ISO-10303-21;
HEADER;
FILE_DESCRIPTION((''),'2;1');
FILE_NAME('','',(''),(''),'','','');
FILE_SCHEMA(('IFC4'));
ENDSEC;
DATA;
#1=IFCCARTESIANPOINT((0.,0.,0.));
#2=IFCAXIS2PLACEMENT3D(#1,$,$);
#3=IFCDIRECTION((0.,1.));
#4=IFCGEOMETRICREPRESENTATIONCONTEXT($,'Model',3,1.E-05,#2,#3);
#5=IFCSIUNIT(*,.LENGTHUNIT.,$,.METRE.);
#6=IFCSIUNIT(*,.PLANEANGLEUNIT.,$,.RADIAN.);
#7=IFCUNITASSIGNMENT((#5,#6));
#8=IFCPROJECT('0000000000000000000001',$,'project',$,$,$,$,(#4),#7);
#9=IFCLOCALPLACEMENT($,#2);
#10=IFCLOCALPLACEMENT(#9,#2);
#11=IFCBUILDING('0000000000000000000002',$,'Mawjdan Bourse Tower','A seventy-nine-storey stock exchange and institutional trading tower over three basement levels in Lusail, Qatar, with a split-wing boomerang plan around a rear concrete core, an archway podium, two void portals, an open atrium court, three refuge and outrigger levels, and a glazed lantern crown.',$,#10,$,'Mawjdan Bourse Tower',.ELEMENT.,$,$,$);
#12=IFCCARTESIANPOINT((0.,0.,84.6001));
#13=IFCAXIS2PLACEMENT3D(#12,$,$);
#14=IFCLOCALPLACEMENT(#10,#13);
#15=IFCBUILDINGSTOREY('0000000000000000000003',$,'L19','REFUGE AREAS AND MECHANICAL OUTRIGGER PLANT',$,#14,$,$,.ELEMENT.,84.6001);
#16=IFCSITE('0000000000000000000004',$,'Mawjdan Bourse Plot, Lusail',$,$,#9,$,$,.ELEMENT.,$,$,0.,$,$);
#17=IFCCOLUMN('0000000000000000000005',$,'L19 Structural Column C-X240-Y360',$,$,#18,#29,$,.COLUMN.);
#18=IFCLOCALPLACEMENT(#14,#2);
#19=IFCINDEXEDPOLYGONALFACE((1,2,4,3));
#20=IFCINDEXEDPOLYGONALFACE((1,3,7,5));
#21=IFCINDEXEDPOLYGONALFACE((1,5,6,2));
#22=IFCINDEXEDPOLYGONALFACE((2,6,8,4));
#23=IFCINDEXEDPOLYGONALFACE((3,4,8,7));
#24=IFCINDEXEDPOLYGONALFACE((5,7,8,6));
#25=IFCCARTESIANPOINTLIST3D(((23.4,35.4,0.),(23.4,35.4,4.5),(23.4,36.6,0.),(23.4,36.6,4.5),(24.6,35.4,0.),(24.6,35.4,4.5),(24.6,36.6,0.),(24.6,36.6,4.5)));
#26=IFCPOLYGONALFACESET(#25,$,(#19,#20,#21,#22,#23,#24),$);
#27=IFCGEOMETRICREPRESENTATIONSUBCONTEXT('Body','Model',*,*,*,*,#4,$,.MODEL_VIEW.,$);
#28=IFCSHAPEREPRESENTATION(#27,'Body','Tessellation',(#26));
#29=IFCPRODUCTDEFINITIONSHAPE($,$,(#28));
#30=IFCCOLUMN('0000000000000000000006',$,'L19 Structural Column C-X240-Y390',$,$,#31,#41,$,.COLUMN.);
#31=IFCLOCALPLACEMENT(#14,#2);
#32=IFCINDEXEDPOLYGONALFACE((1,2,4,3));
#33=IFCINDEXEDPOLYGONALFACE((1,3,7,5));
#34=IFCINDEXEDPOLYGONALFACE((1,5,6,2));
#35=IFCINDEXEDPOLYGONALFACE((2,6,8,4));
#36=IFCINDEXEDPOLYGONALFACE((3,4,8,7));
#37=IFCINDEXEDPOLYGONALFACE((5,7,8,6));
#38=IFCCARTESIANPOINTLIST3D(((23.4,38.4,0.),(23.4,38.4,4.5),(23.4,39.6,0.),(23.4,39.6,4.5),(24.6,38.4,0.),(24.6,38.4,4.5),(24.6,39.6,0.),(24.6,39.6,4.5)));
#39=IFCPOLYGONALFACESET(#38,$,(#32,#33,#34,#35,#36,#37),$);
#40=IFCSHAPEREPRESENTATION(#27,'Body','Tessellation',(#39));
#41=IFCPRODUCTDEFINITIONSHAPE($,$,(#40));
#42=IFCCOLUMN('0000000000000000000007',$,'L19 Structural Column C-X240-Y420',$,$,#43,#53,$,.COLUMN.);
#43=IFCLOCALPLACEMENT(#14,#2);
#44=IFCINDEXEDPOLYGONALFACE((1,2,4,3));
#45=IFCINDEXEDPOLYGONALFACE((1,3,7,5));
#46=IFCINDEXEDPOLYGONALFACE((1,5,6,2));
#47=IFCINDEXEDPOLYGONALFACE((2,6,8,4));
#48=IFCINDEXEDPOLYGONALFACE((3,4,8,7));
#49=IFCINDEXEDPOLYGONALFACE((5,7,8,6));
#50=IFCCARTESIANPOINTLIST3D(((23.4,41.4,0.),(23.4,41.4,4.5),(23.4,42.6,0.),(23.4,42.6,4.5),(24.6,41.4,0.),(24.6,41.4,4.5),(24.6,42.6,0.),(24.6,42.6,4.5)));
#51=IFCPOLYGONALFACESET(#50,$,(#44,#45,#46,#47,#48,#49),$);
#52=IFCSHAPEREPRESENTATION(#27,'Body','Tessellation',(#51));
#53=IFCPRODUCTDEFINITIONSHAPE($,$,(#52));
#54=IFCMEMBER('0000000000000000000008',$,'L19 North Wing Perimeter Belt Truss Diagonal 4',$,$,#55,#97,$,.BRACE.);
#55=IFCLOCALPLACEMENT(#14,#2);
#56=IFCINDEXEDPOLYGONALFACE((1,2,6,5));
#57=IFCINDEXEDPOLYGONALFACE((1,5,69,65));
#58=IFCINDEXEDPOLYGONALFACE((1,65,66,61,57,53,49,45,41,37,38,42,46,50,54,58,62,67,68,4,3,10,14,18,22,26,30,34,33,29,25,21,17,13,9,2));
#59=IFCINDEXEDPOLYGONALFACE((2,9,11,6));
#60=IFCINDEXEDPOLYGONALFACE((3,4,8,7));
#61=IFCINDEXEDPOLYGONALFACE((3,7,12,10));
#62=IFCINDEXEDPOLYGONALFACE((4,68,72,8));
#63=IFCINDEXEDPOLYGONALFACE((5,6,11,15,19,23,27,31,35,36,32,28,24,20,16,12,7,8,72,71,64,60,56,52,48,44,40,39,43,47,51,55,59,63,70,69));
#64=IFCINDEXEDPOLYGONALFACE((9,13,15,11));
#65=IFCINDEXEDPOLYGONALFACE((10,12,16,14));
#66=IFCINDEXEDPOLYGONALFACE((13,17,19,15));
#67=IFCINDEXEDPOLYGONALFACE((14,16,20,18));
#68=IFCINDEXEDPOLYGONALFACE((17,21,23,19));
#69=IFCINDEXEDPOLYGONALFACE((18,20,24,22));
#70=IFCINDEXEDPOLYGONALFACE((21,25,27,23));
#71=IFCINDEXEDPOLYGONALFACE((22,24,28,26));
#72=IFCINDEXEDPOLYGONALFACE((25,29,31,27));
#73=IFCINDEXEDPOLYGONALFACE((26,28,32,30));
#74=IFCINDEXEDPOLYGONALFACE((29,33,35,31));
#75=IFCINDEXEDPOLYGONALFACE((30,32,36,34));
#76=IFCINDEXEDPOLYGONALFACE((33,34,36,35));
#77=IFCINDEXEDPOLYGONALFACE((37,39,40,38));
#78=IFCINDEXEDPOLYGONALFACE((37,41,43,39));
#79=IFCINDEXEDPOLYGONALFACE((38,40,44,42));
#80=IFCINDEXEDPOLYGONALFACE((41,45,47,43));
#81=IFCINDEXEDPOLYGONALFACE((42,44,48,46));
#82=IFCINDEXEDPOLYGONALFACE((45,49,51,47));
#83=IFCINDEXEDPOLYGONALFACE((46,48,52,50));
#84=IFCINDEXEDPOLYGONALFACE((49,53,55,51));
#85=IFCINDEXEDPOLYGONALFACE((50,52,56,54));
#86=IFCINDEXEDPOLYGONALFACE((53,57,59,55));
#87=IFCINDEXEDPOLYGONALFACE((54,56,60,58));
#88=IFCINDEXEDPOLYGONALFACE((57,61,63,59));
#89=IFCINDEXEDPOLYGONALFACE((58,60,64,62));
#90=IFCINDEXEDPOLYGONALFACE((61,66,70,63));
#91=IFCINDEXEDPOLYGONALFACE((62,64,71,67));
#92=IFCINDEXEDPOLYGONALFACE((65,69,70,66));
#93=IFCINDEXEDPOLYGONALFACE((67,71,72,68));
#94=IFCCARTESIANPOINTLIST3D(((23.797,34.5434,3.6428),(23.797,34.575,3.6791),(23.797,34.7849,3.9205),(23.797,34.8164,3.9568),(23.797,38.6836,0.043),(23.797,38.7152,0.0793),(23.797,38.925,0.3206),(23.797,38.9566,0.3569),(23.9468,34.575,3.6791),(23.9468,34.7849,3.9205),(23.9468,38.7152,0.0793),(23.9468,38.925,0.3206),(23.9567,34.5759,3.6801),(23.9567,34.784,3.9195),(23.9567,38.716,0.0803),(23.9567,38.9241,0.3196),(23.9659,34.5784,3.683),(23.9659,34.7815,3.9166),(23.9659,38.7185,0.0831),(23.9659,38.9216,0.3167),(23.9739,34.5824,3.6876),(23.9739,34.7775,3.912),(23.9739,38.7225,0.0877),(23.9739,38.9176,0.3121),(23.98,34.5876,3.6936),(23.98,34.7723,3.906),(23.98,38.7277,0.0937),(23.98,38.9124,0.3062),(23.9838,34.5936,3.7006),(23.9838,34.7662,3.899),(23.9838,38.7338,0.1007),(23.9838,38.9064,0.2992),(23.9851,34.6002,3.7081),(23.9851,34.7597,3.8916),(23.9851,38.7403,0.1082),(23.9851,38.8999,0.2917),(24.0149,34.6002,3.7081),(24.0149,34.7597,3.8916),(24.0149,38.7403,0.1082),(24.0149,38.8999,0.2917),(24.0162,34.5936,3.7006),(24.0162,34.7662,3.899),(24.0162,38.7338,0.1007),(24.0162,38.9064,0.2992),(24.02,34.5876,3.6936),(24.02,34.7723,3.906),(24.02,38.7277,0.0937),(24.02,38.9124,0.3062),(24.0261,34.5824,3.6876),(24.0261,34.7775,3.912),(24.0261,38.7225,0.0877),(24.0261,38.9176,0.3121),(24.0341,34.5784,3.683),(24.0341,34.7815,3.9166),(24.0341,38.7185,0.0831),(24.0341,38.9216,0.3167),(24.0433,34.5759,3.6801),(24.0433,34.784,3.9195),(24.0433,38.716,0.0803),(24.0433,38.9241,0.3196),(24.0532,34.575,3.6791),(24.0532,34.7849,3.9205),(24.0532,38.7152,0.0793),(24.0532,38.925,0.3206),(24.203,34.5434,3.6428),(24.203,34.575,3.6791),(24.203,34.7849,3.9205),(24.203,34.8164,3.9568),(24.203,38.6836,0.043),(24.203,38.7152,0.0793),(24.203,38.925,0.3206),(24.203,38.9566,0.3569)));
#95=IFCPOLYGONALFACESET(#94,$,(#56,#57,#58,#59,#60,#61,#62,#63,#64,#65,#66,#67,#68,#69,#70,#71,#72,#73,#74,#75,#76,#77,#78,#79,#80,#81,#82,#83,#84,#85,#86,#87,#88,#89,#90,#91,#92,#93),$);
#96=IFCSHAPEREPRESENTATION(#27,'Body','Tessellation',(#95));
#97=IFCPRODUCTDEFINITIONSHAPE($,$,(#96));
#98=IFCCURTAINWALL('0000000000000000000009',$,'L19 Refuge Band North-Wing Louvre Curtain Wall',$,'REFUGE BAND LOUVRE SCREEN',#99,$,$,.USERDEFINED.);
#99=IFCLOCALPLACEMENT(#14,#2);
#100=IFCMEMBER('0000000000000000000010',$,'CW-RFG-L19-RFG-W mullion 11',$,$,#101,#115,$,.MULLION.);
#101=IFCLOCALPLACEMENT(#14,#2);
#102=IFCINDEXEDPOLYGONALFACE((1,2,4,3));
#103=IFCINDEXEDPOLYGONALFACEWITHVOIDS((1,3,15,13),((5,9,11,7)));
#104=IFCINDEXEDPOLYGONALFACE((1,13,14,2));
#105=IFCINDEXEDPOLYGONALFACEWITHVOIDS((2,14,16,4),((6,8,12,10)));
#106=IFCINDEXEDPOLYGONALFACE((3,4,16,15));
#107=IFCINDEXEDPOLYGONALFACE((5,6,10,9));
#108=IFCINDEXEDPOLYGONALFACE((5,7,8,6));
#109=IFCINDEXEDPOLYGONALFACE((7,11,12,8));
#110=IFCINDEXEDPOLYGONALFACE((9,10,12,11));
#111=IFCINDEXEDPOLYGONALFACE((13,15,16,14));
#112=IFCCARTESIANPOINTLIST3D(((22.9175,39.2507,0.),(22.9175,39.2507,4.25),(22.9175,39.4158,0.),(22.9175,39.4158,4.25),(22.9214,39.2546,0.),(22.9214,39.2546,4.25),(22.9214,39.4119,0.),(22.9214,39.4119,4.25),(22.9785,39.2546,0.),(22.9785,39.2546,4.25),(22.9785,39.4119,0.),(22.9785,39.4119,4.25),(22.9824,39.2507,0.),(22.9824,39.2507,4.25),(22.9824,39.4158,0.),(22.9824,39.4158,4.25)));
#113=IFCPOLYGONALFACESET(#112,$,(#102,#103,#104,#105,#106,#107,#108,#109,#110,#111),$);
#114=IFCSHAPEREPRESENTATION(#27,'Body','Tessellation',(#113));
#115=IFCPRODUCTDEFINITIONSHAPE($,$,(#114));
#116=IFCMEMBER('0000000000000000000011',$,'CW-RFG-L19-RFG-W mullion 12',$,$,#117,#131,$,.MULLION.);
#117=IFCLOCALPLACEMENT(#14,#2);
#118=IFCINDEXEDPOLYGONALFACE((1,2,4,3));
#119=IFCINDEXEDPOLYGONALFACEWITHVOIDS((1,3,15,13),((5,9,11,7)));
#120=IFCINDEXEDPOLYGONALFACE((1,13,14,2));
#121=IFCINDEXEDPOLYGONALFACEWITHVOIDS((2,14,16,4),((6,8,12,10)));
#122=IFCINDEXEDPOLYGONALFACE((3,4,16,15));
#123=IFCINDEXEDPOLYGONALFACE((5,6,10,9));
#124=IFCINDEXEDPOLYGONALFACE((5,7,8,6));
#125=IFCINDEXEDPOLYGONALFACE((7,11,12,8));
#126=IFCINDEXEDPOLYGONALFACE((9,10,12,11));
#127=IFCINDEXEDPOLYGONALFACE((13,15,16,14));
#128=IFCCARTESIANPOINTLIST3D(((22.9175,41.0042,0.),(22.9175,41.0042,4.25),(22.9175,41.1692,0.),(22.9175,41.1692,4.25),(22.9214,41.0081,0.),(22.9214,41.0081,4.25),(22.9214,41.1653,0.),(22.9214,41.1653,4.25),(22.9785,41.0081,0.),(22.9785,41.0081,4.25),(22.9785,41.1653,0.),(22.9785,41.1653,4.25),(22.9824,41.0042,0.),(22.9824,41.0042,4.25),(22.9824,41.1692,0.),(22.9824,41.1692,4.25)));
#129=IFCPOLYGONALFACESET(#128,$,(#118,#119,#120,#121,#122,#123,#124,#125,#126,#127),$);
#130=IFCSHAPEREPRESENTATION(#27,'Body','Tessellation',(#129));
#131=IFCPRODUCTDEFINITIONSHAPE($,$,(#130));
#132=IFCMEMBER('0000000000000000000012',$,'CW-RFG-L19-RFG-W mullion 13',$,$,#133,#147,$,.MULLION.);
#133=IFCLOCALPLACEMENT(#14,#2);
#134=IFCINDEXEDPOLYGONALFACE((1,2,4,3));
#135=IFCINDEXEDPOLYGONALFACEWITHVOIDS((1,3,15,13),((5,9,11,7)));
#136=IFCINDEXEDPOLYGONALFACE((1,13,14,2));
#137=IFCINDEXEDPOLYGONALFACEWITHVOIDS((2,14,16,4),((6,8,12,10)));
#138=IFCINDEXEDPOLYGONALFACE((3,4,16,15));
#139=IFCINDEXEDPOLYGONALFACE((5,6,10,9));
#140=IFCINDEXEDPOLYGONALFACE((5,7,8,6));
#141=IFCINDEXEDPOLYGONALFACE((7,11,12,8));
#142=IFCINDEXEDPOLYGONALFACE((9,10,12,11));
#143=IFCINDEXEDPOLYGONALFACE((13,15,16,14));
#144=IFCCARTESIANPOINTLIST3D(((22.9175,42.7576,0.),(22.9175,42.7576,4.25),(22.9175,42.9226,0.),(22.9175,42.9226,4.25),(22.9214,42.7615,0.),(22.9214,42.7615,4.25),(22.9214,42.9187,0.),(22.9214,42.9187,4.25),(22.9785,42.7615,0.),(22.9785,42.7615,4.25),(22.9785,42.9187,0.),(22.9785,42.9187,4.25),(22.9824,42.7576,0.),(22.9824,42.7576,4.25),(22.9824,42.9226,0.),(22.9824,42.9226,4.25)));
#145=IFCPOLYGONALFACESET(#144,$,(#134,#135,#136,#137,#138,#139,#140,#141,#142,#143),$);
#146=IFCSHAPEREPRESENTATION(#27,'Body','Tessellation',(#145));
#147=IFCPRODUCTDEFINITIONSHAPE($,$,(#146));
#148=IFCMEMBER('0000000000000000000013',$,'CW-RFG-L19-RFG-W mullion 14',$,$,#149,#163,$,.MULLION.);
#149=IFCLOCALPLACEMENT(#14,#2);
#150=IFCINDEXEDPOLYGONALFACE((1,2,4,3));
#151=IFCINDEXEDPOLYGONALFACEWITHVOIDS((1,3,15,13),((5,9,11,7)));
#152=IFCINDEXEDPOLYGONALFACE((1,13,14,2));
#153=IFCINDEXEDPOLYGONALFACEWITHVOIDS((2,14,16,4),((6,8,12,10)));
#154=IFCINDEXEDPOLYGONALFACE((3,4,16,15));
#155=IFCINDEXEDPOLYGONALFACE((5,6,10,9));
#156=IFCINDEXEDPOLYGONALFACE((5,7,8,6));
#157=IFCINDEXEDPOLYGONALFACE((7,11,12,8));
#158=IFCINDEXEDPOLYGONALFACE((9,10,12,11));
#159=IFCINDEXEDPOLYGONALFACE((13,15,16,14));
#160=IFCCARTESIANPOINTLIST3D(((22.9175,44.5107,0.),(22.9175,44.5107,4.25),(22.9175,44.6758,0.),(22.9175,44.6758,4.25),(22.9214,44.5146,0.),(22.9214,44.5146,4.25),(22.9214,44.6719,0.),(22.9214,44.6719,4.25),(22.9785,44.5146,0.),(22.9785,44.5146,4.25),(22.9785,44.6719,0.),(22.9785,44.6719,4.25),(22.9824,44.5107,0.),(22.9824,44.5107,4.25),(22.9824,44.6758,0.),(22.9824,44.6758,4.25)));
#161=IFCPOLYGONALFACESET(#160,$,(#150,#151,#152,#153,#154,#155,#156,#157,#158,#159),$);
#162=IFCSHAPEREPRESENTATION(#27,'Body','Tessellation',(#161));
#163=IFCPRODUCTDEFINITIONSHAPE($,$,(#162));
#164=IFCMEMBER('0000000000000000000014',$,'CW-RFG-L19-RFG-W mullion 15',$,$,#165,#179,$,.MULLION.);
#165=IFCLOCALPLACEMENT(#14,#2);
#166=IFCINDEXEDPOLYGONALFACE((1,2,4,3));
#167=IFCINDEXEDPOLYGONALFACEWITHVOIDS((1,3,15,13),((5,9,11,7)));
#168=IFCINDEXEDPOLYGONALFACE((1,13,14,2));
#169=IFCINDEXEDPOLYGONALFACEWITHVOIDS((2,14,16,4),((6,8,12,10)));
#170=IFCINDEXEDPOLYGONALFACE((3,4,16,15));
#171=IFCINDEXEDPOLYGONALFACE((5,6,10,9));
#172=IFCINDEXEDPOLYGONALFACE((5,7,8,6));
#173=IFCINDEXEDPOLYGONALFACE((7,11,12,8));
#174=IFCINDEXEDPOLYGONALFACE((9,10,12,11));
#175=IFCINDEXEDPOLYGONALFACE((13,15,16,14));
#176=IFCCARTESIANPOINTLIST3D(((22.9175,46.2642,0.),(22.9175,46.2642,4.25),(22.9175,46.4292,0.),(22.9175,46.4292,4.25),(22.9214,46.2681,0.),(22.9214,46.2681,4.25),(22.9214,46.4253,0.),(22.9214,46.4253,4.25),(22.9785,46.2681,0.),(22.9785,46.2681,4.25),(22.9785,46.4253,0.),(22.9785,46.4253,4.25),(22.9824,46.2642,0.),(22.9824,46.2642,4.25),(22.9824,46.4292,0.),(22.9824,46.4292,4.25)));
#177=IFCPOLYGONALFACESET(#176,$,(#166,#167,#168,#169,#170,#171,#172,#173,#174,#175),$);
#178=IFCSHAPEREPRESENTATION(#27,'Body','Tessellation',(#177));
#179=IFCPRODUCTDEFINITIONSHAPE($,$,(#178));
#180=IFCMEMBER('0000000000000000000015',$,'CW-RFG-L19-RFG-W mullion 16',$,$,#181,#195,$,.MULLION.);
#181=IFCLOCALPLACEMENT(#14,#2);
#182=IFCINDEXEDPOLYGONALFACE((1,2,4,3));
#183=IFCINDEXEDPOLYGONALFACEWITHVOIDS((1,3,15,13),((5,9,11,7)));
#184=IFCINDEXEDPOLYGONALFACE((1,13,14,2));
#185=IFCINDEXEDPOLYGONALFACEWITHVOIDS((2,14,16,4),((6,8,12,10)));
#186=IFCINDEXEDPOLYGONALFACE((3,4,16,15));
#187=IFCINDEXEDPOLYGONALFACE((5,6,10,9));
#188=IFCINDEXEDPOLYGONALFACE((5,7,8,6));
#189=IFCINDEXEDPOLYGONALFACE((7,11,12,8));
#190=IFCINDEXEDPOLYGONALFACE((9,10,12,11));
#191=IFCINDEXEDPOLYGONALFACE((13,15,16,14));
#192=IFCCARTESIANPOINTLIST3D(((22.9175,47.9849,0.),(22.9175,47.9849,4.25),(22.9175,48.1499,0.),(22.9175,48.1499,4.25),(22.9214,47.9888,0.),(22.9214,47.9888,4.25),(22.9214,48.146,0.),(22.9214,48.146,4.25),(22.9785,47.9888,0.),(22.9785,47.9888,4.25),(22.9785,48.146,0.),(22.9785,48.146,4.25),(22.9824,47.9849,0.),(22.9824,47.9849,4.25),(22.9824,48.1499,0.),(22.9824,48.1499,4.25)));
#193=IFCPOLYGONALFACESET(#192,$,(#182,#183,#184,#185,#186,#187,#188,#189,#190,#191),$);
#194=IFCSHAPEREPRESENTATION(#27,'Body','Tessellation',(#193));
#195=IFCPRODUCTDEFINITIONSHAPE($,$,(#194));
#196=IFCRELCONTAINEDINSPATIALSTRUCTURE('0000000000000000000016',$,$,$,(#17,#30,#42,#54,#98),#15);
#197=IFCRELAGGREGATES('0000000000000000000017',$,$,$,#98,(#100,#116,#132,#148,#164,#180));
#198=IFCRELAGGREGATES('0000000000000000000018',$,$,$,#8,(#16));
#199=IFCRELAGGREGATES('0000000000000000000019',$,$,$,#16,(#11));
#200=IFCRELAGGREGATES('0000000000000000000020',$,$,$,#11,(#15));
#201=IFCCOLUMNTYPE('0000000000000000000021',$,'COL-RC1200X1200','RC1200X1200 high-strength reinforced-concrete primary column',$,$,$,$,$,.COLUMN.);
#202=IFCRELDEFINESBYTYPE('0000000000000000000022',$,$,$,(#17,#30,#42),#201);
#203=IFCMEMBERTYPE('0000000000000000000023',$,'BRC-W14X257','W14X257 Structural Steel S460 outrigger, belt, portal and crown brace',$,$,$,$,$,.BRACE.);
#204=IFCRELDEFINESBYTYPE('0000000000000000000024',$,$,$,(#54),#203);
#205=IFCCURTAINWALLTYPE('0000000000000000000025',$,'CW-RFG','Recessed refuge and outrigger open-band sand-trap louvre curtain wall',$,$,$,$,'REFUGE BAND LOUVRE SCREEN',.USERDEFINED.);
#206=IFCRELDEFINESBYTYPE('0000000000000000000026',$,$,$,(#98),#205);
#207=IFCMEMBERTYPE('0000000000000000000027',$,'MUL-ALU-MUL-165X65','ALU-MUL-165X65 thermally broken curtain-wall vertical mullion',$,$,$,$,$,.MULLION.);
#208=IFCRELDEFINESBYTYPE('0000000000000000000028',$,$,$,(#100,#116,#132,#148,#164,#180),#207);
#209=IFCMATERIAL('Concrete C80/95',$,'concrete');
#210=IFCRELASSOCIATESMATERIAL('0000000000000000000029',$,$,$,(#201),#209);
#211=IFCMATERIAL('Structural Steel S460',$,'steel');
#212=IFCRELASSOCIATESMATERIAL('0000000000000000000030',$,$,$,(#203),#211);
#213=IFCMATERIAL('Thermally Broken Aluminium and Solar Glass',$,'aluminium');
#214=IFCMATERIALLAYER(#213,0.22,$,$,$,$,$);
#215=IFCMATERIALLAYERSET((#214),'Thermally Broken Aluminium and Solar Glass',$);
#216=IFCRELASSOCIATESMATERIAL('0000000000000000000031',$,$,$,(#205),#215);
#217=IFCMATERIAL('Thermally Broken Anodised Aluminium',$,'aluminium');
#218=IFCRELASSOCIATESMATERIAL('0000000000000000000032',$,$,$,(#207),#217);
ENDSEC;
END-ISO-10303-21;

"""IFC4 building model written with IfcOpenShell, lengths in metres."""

from ifc_helpers import new_model, si_unit, direction, frame, origin, origin_2d, place, context, subcontext, project, spatial, rectangle, hollow_rectangle, i_section, extrude, material, layer, layer_set, material_profile, profile_set, type_object, element, aggregate, save


model = new_model("IFC4")

# Units and contexts
model_context = context("Model", 3, precision=1e-05, world=origin(), true_north=direction((0.0, 1.0)))
body_context = subcontext(model_context, "Body", "Model", "MODEL_VIEW")
ifc_project = project(units=[si_unit("LENGTHUNIT", "METRE"), si_unit("PLANEANGLEUNIT", "RADIAN")], contexts=[model_context])

# Site, building, storey
site_placement = place(None, origin())
site = spatial("IfcSite", under=ifc_project, at=site_placement, Name="Mawjdan Bourse Plot, Lusail", CompositionType="ELEMENT", RefElevation=0.0)
building_placement = place(site_placement, origin())
building = spatial("IfcBuilding", under=site, at=building_placement, Name="Mawjdan Bourse Tower", Description="A seventy-nine-storey stock exchange and institutional trading tower over three basement levels in Lusail, Qatar, with a split-wing boomerang plan around a rear concrete core, an archway podium, two void portals, an open atrium court, three refuge and outrigger levels, and a glazed lantern crown.", LongName="Mawjdan Bourse Tower", CompositionType="ELEMENT")
storey_placement = place(building_placement, frame((0.0, 0.0, 84.6001)))
storey = spatial("IfcBuildingStorey", under=building, at=storey_placement, Name="L19", Description="REFUGE AREAS AND MECHANICAL OUTRIGGER PLANT", CompositionType="ELEMENT", Elevation=84.6001)

# Columns
ifc_material_1 = material(Name="Concrete C80/95", Category="concrete")
ifc_material_profile_1 = material_profile(ifc_material_1, rectangle(XDim=1.2, YDim=1.2, at=origin_2d()), Name="RC1200X1200")
ifc_profile_set_1 = profile_set([ifc_material_profile_1], Name="Concrete C80/95")
column_type = type_object("IfcColumnType", Name="COL-RC1200X1200", Description="RC1200X1200 high-strength reinforced-concrete primary column", PredefinedType="COLUMN", material=ifc_profile_set_1)
for number, where, z_axis, x_axis, name in (
    (1, (24.0, 36.0, 0.0), (0.0, 0.0, 1.0), (1.0, 0.0, 0.0), "L19 Structural Column C-X240-Y360"),
    (2, (24.0, 39.0, 0.0), (0.0, 0.0, 1.0), (1.0, 0.0, 0.0), "L19 Structural Column C-X240-Y390"),
    (3, (24.0, 42.0, 0.0), (0.0, 0.0, 1.0), (1.0, 0.0, 0.0), "L19 Structural Column C-X240-Y420"),
):
    element("IfcColumn", number, at=place(storey_placement, frame(where, z_axis=z_axis, x_axis=x_axis)), inside=storey, type_object=column_type, Name=name, PredefinedType="COLUMN", context=body_context, shape_type="SweptSolid", body=[
        extrude(rectangle(XDim=1.2, YDim=1.2, at=origin_2d()), origin(), (0.0, 0.0, 1.0), 4.5),
    ])

# Member
ifc_material_2 = material(Name="Structural Steel S460", Category="steel")
ifc_material_profile_2 = material_profile(ifc_material_2, i_section(OverallWidth=0.406, OverallDepth=0.416, WebThickness=0.0298, FlangeThickness=0.0481, FilletRadius=0.0383, at=origin_2d()), Name="W14X257")
ifc_profile_set_2 = profile_set([ifc_material_profile_2], Name="Structural Steel S460")
member_type_1 = type_object("IfcMemberType", Name="BRC-W14X257", Description="W14X257 Structural Steel S460 outrigger, belt, portal and crown brace", PredefinedType="BRACE", material=ifc_profile_set_2)
member_1_placement = place(storey_placement, frame((24.0, 34.6799, 3.7998), z_axis=(0.0, 0.754629, -0.656151), x_axis=(-1.0, 0.0, 0.0)))
element("IfcMember", 4, at=member_1_placement, inside=storey, type_object=member_type_1, Name="L19 North Wing Perimeter Belt Truss Diagonal 4", PredefinedType="BRACE", context=body_context, shape_type="SweptSolid", body=[
    extrude(i_section(OverallWidth=0.406, OverallDepth=0.416, WebThickness=0.0298, FlangeThickness=0.0481, FilletRadius=0.0383, at=origin_2d()), origin(), (0.0, 0.0, 1.0), 5.4863),
])

# Curtain wall, members
ifc_material_3 = material(Name="Thermally Broken Aluminium and Solar Glass", Category="aluminium")
ifc_layer_1 = layer(ifc_material_3, 0.22)
ifc_layer_set_1 = layer_set([ifc_layer_1], Name="Thermally Broken Aluminium and Solar Glass")
curtain_wall_type = type_object("IfcCurtainWallType", Name="CW-RFG", Description="Recessed refuge and outrigger open-band sand-trap louvre curtain wall", ElementType="REFUGE BAND LOUVRE SCREEN", PredefinedType="USERDEFINED", material=ifc_layer_set_1)
curtain_wall_placement = place(storey_placement, origin())
curtain_wall = element("IfcCurtainWall", 5, at=curtain_wall_placement, inside=storey, type_object=curtain_wall_type, Name="L19 Refuge Band North-Wing Louvre Curtain Wall", ObjectType="REFUGE BAND LOUVRE SCREEN", PredefinedType="USERDEFINED")
ifc_material_4 = material(Name="Thermally Broken Anodised Aluminium", Category="aluminium")
ifc_material_profile_3 = material_profile(ifc_material_4, hollow_rectangle(XDim=0.0649, YDim=0.165, WallThickness=0.0039, at=origin_2d()), Name="ALU-MUL-165X65")
ifc_profile_set_3 = profile_set([ifc_material_profile_3], Name="Thermally Broken Anodised Aluminium")
member_type_2 = type_object("IfcMemberType", Name="MUL-ALU-MUL-165X65", Description="ALU-MUL-165X65 thermally broken curtain-wall vertical mullion", PredefinedType="MULLION", material=ifc_profile_set_3)
member_2_placement = place(storey_placement, frame((22.95, 39.3333, 0.0), z_axis=(0.0, 0.0, 1.0), x_axis=(-1.0, 0.0, 0.0)))
member_2 = element("IfcMember", 6, at=member_2_placement, type_object=member_type_2, Name="CW-RFG-L19-RFG-W mullion 11", PredefinedType="MULLION", context=body_context, shape_type="SweptSolid", body=[
    extrude(hollow_rectangle(XDim=0.0649, YDim=0.165, WallThickness=0.0039, at=origin_2d()), origin(), (0.0, 0.0, 1.0), 4.25),
])
member_3_placement = place(storey_placement, frame((22.95, 41.0867, 0.0), z_axis=(0.0, 0.0, 1.0), x_axis=(-1.0, 0.0, 0.0)))
member_3 = element("IfcMember", 7, at=member_3_placement, type_object=member_type_2, Name="CW-RFG-L19-RFG-W mullion 12", PredefinedType="MULLION", context=body_context, shape_type="SweptSolid", body=[
    extrude(hollow_rectangle(XDim=0.0649, YDim=0.165, WallThickness=0.0039, at=origin_2d()), origin(), (0.0, 0.0, 1.0), 4.25),
])
member_4_placement = place(storey_placement, frame((22.95, 42.8401, 0.0), z_axis=(0.0, 0.0, 1.0), x_axis=(-1.0, 0.0, 0.0)))
member_4 = element("IfcMember", 8, at=member_4_placement, type_object=member_type_2, Name="CW-RFG-L19-RFG-W mullion 13", PredefinedType="MULLION", context=body_context, shape_type="SweptSolid", body=[
    extrude(hollow_rectangle(XDim=0.0649, YDim=0.165, WallThickness=0.0039, at=origin_2d()), origin(), (0.0, 0.0, 1.0), 4.25),
])
member_5_placement = place(storey_placement, frame((22.95, 44.5933, 0.0), z_axis=(0.0, 0.0, 1.0), x_axis=(-1.0, 0.0, 0.0)))
member_5 = element("IfcMember", 9, at=member_5_placement, type_object=member_type_2, Name="CW-RFG-L19-RFG-W mullion 14", PredefinedType="MULLION", context=body_context, shape_type="SweptSolid", body=[
    extrude(hollow_rectangle(XDim=0.0649, YDim=0.165, WallThickness=0.0039, at=origin_2d()), origin(), (0.0, 0.0, 1.0), 4.25),
])
member_6_placement = place(storey_placement, frame((22.95, 46.3467, 0.0), z_axis=(0.0, 0.0, 1.0), x_axis=(-1.0, 0.0, 0.0)))
member_6 = element("IfcMember", 10, at=member_6_placement, type_object=member_type_2, Name="CW-RFG-L19-RFG-W mullion 15", PredefinedType="MULLION", context=body_context, shape_type="SweptSolid", body=[
    extrude(hollow_rectangle(XDim=0.0649, YDim=0.165, WallThickness=0.0039, at=origin_2d()), origin(), (0.0, 0.0, 1.0), 4.25),
])
member_7_placement = place(storey_placement, frame((22.95, 48.0674, 0.0), z_axis=(0.0, 0.0, 1.0), x_axis=(-1.0, 0.0, 0.0)))
member_7 = element("IfcMember", 11, at=member_7_placement, type_object=member_type_2, Name="CW-RFG-L19-RFG-W mullion 16", PredefinedType="MULLION", context=body_context, shape_type="SweptSolid", body=[
    extrude(hollow_rectangle(XDim=0.0649, YDim=0.165, WallThickness=0.0039, at=origin_2d()), origin(), (0.0, 0.0, 1.0), 4.25),
])

aggregate(curtain_wall, [member_2, member_3, member_4, member_5, member_6, member_7])

save(model, "model.ifc")
